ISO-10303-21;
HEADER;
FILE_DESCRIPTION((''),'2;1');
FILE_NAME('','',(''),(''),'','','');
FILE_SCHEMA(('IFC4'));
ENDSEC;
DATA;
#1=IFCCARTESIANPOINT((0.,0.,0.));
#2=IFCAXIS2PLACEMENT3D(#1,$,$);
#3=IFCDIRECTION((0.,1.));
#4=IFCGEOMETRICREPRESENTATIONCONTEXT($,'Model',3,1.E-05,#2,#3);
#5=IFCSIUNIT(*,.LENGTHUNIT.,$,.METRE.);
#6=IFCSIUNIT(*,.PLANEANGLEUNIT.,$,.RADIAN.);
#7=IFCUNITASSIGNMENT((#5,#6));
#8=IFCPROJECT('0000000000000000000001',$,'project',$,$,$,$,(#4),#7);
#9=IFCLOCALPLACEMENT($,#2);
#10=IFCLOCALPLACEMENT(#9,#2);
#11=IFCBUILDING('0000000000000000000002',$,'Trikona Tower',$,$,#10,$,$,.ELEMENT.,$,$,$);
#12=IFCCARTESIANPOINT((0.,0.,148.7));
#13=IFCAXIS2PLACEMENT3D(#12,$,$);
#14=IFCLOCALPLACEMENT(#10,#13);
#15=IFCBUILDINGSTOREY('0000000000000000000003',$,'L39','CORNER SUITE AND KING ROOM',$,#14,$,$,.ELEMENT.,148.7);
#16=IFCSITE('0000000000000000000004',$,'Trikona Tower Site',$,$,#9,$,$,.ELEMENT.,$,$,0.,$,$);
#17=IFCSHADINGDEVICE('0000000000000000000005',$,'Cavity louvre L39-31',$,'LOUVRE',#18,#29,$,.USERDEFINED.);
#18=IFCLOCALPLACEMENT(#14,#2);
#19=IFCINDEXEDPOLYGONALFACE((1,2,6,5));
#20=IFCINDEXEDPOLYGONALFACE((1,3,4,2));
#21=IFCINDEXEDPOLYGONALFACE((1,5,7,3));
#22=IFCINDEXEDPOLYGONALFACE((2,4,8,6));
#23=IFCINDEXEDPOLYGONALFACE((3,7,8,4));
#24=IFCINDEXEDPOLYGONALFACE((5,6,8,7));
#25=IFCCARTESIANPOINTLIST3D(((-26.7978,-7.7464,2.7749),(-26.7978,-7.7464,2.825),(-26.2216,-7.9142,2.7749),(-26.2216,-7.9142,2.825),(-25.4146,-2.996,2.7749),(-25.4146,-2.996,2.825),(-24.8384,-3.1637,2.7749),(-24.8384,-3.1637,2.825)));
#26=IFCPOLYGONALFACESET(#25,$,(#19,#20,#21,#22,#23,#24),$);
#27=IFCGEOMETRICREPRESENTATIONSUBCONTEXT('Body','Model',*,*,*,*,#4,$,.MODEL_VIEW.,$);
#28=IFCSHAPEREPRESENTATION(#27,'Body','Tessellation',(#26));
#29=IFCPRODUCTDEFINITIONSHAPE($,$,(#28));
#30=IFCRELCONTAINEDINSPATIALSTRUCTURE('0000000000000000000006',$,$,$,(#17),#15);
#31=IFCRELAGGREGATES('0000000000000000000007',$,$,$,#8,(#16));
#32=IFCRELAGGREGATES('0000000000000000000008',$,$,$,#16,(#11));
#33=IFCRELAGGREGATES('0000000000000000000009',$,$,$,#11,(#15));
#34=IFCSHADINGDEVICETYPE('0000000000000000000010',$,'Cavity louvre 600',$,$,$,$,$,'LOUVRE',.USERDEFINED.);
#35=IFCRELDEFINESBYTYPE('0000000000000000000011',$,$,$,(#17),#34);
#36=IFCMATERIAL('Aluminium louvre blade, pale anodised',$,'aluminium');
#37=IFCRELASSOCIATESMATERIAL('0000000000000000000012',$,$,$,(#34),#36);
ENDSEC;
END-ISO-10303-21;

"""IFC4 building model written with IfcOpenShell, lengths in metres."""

from ifc_helpers import new_model, si_unit, direction, frame, origin, origin_2d, place, context, subcontext, project, spatial, rectangle, extrude, material, type_object, element, save


model = new_model("IFC4")

# Units and contexts
model_context = context("Model", 3, precision=1e-05, world=origin(), true_north=direction((0.0, 1.0)))
body_context = subcontext(model_context, "Body", "Model", "MODEL_VIEW")
ifc_project = project(units=[si_unit("LENGTHUNIT", "METRE"), si_unit("PLANEANGLEUNIT", "RADIAN")], contexts=[model_context])

# Site, building, storey
site_placement = place(None, origin())
site = spatial("IfcSite", under=ifc_project, at=site_placement, Name="Trikona Tower Site", CompositionType="ELEMENT", RefElevation=0.0)
building_placement = place(site_placement, origin())
building = spatial("IfcBuilding", under=site, at=building_placement, Name="Trikona Tower", CompositionType="ELEMENT")
storey_placement = place(building_placement, frame((0.0, 0.0, 148.7)))
storey = spatial("IfcBuildingStorey", under=building, at=storey_placement, Name="L39", Description="CORNER SUITE AND KING ROOM", CompositionType="ELEMENT", Elevation=148.7)

# Shading device
ifc_material_1 = material(Name="Aluminium louvre blade, pale anodised", Category="aluminium")
shading_device_type = type_object("IfcShadingDeviceType", Name="Cavity louvre 600", ElementType="LOUVRE", PredefinedType="USERDEFINED", material=ifc_material_1)
shading_device_1_placement = place(storey_placement, frame((-25.8181, -5.4551, 2.7749), z_axis=(0.0, 0.0, 1.0), x_axis=(-0.279554, -0.96013, 0.0)))
element("IfcShadingDevice", 1, at=shading_device_1_placement, inside=storey, type_object=shading_device_type, Name="Cavity louvre L39-31", ObjectType="LOUVRE", PredefinedType="USERDEFINED", context=body_context, shape_type="SweptSolid", body=[
    extrude(rectangle(XDim=4.9478, YDim=0.6001, at=origin_2d()), origin(), (0.0, 0.0, 1.0), 0.05),
])

save(model, "model.ifc")
